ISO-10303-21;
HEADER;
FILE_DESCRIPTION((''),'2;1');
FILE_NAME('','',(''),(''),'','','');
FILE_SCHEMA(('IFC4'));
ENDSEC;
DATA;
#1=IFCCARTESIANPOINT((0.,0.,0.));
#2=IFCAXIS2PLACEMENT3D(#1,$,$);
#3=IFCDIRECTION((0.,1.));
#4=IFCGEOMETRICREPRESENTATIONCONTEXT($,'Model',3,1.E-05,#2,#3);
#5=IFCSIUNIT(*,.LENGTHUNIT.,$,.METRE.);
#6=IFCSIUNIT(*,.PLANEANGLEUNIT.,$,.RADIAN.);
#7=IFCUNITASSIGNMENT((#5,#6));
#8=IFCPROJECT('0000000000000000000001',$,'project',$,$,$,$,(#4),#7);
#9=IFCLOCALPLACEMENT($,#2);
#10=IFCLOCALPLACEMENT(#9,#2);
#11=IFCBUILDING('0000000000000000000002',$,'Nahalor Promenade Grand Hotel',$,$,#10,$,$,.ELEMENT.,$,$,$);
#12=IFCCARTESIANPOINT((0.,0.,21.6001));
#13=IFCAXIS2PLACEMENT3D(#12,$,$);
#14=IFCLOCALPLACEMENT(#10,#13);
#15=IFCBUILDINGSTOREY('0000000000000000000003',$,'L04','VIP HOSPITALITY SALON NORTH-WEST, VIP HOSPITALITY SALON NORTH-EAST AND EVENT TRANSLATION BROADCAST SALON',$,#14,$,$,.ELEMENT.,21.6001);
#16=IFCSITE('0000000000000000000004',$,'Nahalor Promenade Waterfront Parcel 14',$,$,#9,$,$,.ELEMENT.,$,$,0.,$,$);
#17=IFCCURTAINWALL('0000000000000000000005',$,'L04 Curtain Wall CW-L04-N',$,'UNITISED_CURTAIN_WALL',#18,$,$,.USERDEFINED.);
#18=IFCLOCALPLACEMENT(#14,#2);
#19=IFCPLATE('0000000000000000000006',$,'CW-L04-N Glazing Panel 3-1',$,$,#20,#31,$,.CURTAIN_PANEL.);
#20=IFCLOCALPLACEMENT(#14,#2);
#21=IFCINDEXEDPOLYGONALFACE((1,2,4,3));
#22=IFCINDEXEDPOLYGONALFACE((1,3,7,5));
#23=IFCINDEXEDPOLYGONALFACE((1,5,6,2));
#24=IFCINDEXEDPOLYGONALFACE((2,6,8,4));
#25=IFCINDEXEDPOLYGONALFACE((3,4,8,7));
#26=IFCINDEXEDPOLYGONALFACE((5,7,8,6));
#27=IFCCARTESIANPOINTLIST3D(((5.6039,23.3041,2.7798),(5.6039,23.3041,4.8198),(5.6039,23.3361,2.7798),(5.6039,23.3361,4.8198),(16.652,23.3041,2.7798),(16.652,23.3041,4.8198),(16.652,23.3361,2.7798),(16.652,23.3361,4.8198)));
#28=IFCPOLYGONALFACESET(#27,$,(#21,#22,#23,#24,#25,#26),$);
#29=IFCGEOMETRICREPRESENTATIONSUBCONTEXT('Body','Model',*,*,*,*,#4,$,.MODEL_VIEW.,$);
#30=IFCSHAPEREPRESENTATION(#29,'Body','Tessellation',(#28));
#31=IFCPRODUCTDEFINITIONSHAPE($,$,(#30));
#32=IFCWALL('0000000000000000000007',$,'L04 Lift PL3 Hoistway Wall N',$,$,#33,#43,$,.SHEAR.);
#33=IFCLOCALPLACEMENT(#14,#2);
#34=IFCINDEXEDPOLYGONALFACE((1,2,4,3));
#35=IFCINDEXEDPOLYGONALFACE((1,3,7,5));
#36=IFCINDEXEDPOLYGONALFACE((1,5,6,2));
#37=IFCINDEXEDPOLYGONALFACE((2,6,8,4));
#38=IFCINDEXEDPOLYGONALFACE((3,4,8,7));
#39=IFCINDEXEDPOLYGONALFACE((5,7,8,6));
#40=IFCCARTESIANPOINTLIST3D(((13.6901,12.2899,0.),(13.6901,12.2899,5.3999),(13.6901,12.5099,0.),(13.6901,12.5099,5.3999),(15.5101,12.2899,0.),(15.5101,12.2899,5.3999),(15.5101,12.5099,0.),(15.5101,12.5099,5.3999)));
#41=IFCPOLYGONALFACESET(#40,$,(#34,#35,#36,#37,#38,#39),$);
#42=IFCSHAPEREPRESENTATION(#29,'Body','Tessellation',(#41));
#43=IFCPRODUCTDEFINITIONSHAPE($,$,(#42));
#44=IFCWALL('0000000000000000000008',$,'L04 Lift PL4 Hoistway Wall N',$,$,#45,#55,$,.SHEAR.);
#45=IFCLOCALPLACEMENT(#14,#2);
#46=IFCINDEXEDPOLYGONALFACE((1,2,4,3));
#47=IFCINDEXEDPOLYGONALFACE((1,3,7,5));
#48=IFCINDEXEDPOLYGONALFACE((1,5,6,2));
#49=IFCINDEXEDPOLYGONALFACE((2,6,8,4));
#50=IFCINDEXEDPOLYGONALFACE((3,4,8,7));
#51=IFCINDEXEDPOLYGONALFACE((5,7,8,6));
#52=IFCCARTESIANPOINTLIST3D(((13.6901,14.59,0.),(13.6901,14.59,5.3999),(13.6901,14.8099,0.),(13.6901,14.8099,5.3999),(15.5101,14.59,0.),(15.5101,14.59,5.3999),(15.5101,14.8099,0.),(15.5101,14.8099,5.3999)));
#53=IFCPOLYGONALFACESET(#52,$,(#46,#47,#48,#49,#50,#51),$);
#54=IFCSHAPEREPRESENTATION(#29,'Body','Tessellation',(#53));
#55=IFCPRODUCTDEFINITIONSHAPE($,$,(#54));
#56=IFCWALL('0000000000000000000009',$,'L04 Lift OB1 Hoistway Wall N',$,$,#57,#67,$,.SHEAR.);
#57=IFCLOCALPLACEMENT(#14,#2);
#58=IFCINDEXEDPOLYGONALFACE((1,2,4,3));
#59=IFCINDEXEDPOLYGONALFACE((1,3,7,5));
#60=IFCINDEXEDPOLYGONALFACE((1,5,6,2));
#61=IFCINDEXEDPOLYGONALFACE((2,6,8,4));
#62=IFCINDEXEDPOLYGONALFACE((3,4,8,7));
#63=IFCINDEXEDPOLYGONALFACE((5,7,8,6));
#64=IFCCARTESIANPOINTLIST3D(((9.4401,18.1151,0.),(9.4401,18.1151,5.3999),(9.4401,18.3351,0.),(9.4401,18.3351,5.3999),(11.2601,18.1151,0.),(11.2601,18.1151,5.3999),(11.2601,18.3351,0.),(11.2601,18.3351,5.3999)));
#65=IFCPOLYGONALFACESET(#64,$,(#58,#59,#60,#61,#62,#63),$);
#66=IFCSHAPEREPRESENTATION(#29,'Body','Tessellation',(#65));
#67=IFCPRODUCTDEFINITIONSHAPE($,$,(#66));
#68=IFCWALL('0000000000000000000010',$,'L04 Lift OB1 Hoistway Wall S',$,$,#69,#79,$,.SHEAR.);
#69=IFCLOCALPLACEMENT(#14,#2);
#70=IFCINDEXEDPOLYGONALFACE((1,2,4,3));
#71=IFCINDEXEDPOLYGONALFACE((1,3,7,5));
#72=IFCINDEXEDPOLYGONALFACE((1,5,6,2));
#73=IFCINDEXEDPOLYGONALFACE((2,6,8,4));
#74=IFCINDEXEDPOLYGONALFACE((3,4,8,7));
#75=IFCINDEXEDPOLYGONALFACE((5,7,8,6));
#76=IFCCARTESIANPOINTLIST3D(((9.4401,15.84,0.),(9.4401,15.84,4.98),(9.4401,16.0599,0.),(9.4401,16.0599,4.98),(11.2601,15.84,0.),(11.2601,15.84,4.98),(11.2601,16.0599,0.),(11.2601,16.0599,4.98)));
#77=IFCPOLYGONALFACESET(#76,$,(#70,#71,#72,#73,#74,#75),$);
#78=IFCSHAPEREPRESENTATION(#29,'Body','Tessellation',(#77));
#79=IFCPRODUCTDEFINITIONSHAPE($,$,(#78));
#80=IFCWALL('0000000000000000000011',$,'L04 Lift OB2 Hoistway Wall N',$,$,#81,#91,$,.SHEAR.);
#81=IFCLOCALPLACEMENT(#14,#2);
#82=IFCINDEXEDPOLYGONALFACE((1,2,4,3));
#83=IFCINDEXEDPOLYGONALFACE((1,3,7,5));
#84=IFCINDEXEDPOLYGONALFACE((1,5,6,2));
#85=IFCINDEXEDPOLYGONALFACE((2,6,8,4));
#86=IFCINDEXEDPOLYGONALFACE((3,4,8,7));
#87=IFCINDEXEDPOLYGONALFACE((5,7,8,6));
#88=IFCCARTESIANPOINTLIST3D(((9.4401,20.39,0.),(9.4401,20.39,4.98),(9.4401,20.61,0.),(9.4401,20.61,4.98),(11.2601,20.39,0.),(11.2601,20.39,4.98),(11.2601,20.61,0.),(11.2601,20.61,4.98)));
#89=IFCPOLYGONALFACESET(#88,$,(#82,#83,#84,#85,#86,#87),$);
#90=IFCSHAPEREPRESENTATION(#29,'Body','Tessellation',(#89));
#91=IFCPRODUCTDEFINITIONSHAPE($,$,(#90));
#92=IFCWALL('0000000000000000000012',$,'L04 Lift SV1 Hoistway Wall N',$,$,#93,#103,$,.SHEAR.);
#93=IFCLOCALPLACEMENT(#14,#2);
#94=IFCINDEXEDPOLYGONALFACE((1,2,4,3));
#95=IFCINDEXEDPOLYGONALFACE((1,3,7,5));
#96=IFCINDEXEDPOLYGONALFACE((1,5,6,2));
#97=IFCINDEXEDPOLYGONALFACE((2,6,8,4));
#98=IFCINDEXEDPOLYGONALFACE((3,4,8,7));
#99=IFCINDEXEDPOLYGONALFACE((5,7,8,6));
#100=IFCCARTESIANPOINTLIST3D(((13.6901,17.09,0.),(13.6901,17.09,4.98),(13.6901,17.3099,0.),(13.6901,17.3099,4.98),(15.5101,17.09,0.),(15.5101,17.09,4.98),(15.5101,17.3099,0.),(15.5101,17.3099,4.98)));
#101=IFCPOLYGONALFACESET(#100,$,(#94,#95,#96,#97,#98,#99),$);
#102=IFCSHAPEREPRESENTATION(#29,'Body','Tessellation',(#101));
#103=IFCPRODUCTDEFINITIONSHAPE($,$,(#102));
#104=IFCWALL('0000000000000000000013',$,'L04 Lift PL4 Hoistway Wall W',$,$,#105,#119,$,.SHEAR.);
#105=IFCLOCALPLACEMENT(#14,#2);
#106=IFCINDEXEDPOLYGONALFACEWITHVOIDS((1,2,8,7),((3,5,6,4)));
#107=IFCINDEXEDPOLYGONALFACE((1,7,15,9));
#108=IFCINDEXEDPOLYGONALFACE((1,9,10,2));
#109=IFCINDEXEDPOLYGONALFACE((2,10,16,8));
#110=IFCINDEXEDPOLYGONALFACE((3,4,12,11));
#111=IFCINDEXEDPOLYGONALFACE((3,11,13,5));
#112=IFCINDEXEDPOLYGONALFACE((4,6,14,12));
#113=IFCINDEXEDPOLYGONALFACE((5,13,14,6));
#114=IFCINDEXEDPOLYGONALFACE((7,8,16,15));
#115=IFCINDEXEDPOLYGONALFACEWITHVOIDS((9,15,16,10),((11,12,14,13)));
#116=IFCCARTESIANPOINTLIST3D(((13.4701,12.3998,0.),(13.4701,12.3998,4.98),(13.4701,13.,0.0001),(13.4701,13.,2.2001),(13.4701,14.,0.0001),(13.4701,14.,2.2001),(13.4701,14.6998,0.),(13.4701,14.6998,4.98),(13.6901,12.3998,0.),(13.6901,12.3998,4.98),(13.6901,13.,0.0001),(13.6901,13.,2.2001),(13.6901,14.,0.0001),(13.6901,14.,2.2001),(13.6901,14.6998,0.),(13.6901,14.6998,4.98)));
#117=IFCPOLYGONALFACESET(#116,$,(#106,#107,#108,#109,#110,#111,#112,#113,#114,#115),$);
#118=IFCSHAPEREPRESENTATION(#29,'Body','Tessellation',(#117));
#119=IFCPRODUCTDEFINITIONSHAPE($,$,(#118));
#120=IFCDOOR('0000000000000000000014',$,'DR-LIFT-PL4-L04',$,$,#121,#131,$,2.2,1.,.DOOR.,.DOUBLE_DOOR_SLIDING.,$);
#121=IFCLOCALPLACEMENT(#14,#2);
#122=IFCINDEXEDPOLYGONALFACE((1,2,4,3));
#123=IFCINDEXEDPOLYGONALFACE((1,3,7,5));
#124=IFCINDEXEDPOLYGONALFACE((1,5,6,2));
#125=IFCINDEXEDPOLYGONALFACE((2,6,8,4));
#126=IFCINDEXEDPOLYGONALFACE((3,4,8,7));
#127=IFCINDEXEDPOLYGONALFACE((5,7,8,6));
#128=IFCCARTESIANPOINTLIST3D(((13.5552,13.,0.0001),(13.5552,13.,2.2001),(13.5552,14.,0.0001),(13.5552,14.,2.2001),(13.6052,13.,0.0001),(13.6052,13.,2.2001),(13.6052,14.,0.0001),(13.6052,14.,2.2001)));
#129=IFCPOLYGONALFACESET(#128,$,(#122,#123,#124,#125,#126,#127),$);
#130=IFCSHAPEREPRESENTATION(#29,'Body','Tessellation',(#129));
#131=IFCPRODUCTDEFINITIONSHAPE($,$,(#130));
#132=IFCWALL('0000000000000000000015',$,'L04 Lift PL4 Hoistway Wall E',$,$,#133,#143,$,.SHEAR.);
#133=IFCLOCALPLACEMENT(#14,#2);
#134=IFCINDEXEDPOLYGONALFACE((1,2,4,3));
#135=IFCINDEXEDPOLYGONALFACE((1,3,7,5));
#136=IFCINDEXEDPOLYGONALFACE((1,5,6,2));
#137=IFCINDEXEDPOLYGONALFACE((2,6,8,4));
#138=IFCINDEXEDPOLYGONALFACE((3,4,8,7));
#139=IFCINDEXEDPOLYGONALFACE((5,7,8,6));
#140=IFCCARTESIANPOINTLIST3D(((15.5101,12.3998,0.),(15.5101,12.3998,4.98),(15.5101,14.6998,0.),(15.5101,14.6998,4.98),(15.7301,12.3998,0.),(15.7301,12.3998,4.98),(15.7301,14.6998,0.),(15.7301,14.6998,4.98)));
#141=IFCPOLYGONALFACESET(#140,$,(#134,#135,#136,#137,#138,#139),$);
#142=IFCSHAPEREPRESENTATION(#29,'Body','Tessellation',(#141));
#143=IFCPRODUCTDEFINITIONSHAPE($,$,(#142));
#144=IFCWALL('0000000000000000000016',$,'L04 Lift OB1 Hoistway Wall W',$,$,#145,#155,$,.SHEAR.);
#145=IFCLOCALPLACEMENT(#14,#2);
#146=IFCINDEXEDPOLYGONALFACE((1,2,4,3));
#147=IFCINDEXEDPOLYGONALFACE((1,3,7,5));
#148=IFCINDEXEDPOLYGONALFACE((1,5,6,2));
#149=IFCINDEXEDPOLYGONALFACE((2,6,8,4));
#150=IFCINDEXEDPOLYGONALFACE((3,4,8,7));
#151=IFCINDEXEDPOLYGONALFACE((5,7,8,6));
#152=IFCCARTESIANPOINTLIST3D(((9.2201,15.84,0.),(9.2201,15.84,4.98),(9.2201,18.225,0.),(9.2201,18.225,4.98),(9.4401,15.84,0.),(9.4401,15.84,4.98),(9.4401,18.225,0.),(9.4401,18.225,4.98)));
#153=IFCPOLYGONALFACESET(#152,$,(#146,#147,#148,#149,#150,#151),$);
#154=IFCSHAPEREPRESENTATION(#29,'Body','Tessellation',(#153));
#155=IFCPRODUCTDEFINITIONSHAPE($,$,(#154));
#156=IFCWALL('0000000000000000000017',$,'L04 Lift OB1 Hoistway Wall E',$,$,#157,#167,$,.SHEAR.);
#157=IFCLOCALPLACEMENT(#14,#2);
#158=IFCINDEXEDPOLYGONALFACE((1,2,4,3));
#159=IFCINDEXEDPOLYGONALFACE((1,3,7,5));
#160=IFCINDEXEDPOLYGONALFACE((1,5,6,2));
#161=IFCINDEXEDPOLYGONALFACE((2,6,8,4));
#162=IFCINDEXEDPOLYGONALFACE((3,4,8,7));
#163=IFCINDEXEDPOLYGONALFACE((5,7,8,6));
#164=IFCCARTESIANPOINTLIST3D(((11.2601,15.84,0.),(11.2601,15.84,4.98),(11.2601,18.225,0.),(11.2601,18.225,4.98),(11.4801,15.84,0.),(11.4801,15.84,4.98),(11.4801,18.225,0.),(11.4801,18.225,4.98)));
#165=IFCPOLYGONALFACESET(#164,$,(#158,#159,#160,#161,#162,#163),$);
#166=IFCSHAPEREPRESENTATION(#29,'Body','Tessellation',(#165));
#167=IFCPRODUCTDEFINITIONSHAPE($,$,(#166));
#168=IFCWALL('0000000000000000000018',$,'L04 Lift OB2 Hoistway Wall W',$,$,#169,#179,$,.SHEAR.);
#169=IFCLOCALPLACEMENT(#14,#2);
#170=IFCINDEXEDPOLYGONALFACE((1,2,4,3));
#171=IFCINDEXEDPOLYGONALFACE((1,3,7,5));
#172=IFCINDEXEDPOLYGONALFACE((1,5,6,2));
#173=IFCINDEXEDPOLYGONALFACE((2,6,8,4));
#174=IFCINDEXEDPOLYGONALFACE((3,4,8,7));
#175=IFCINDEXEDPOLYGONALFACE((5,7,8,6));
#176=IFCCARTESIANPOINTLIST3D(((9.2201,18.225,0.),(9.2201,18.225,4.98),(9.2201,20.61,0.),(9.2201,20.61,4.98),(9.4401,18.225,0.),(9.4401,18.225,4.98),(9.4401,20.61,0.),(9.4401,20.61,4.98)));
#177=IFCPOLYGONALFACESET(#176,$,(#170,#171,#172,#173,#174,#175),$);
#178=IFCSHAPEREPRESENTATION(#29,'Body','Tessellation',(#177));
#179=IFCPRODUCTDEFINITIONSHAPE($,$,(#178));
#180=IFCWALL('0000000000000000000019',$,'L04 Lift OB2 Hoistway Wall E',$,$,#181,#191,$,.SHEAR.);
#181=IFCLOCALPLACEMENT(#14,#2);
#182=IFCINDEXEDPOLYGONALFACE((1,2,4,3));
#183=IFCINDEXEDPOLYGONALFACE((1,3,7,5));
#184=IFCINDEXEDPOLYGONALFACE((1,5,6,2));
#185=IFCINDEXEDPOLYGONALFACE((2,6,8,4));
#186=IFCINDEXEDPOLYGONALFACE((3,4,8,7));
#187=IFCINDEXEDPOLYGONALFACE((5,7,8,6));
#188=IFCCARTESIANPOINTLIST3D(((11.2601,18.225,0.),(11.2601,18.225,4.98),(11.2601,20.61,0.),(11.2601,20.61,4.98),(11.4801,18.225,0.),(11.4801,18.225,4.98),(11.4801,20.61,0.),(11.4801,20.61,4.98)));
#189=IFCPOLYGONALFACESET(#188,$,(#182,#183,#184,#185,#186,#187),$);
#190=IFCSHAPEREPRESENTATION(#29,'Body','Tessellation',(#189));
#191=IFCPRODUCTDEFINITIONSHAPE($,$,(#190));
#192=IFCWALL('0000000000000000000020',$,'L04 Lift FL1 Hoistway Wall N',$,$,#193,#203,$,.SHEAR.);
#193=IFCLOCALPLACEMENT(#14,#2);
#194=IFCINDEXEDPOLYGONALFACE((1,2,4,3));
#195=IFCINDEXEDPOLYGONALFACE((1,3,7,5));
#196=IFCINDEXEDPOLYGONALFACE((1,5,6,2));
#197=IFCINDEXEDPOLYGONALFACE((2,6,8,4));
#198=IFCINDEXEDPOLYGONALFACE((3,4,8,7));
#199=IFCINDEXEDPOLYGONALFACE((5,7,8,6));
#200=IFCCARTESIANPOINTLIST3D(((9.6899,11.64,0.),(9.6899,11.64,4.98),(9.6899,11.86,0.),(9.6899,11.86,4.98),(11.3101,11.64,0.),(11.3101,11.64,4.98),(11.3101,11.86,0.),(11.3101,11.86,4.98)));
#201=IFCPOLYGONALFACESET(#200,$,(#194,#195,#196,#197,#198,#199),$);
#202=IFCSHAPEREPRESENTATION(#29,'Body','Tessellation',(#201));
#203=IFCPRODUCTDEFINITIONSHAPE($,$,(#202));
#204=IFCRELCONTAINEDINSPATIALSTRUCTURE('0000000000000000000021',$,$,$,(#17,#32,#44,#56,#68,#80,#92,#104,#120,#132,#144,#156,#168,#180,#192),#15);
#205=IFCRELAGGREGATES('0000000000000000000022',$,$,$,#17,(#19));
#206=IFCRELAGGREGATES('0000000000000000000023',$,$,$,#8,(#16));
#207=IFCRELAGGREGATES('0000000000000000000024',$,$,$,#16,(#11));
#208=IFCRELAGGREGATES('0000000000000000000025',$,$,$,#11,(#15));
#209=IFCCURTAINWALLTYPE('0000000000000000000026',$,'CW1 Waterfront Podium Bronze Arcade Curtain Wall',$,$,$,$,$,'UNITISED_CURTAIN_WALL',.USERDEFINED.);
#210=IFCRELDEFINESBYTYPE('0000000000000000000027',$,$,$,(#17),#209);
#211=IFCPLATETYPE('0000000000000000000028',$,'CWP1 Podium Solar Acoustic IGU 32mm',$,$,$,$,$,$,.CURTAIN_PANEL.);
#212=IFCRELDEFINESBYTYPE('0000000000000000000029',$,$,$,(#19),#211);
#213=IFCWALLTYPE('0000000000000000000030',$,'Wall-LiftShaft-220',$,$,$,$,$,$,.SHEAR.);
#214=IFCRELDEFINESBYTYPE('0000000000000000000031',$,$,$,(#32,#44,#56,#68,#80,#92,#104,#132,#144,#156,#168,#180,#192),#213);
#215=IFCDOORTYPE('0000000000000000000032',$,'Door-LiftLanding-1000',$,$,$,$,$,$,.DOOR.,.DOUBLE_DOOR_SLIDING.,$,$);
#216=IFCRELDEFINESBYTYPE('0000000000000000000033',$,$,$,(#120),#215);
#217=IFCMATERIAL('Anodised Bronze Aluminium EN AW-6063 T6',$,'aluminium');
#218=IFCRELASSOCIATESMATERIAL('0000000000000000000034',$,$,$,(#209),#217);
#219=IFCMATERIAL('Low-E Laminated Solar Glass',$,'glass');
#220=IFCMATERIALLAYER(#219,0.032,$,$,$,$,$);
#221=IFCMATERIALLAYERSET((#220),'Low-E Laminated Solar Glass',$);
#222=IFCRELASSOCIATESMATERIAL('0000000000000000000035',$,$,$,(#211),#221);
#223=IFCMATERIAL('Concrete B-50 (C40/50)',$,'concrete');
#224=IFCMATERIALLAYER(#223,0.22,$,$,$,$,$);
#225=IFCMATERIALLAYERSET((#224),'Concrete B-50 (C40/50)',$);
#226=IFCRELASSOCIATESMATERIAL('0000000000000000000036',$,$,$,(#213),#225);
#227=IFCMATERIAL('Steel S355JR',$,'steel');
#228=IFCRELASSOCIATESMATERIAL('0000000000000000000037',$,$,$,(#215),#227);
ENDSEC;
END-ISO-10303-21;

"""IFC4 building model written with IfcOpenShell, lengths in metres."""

from ifc_helpers import new_model, si_unit, direction, frame, frame_2d, origin, origin_2d, place, context, subcontext, project, spatial, rectangle, extrude, source, transform, mapped, material, layer, layer_set, type_object, element, fill, aggregate, save


model = new_model("IFC4")

# Units and contexts
model_context = context("Model", 3, precision=1e-05, world=origin(), true_north=direction((0.0, 1.0)))
body_context = subcontext(model_context, "Body", "Model", "MODEL_VIEW")
ifc_project = project(units=[si_unit("LENGTHUNIT", "METRE"), si_unit("PLANEANGLEUNIT", "RADIAN")], contexts=[model_context])

# Site, building, storey
site_placement = place(None, origin())
site = spatial("IfcSite", under=ifc_project, at=site_placement, Name="Nahalor Promenade Waterfront Parcel 14", CompositionType="ELEMENT", RefElevation=0.0)
building_placement = place(site_placement, origin())
building = spatial("IfcBuilding", under=site, at=building_placement, Name="Nahalor Promenade Grand Hotel", CompositionType="ELEMENT")
storey_placement = place(building_placement, frame((0.0, 0.0, 21.6001)))
storey = spatial("IfcBuildingStorey", under=building, at=storey_placement, Name="L04", Description="VIP HOSPITALITY SALON NORTH-WEST, VIP HOSPITALITY SALON NORTH-EAST AND EVENT TRANSLATION BROADCAST SALON", CompositionType="ELEMENT", Elevation=21.6001)

# Shared definitions
ifc_material_1 = material(Name="Steel S355JR", Category="steel")

# Curtain wall, plate
ifc_material_2 = material(Name="Anodised Bronze Aluminium EN AW-6063 T6", Category="aluminium")
curtain_wall_type = type_object("IfcCurtainWallType", Name="CW1 Waterfront Podium Bronze Arcade Curtain Wall", ElementType="UNITISED_CURTAIN_WALL", PredefinedType="USERDEFINED", material=ifc_material_2)
curtain_wall_placement = place(storey_placement, origin())
curtain_wall = element("IfcCurtainWall", 1, at=curtain_wall_placement, inside=storey, type_object=curtain_wall_type, Name="L04 Curtain Wall CW-L04-N", ObjectType="UNITISED_CURTAIN_WALL", PredefinedType="USERDEFINED")
ifc_material_3 = material(Name="Low-E Laminated Solar Glass", Category="glass")
ifc_layer_1 = layer(ifc_material_3, 0.032)
ifc_layer_set_1 = layer_set([ifc_layer_1], Name="Low-E Laminated Solar Glass")
plate_type = type_object("IfcPlateType", Name="CWP1 Podium Solar Acoustic IGU 32mm", PredefinedType="CURTAIN_PANEL", material=ifc_layer_set_1)
shared_shape_1 = source(origin(), body_context, "Body", "SweptSolid", [
    extrude(rectangle(XDim=11.0481, YDim=0.032, at=origin_2d()), origin(), (0.0, 0.0, 1.0), 2.04),
])
plate_1_placement = place(storey_placement, frame((11.1279, 23.3201, 2.7798), z_axis=(0.0, 0.0, 1.0), x_axis=(1.0, 0.0, 0.0)))
plate_1 = element("IfcPlate", 2, at=plate_1_placement, type_object=plate_type, Name="CW-L04-N Glazing Panel 3-1", PredefinedType="CURTAIN_PANEL", context=body_context, shape_type="MappedRepresentation", body=[
    mapped(shared_shape_1, transform((0.0, 0.0, 0.0), scale=1.0)),
])
aggregate(curtain_wall, [plate_1])

# Walls
ifc_material_4 = material(Name="Concrete B-50 (C40/50)", Category="concrete")
ifc_layer_2 = layer(ifc_material_4, 0.22)
ifc_layer_set_2 = layer_set([ifc_layer_2], Name="Concrete B-50 (C40/50)")
wall_type_1 = type_object("IfcWallType", Name="Wall-LiftShaft-220", PredefinedType="SHEAR", material=ifc_layer_set_2)
shared_shape_2 = source(origin(), body_context, "Body", "SweptSolid", [
    extrude(rectangle(XDim=1.8201, YDim=0.22, at=frame_2d((0.9102, 0.0))), origin(), (0.0, 0.0, 1.0), 5.3999),
])
for number, where, z_axis, x_axis, name in (
    (3, (13.6899, 12.3999, 0.0), (0.0, 0.0, 1.0), (1.0, 0.0, 0.0), "L04 Lift PL3 Hoistway Wall N"),
    (4, (13.6899, 14.7, 0.0), (0.0, 0.0, 1.0), (1.0, 0.0, 0.0), "L04 Lift PL4 Hoistway Wall N"),
    (5, (9.4399, 18.2251, 0.0), (0.0, 0.0, 1.0), (1.0, 0.0, 0.0), "L04 Lift OB1 Hoistway Wall N"),
):
    element("IfcWall", number, at=place(storey_placement, frame(where, z_axis=z_axis, x_axis=x_axis)), inside=storey, type_object=wall_type_1, Name=name, PredefinedType="SHEAR", context=body_context, shape_type="MappedRepresentation", body=[
        mapped(shared_shape_2, transform((0.0, 0.0, 0.0), scale=1.0)),
    ])
shared_shape_3 = source(origin(), body_context, "Body", "SweptSolid", [
    extrude(rectangle(XDim=1.8201, YDim=0.22, at=frame_2d((0.9102, 0.0))), origin(), (0.0, 0.0, 1.0), 4.98),
])
for number, where, z_axis, x_axis, name in (
    (6, (9.4399, 15.95, 0.0), (0.0, 0.0, 1.0), (1.0, 0.0, 0.0), "L04 Lift OB1 Hoistway Wall S"),
    (7, (9.4399, 20.5, 0.0), (0.0, 0.0, 1.0), (1.0, 0.0, 0.0), "L04 Lift OB2 Hoistway Wall N"),
    (8, (13.6899, 17.2, 0.0), (0.0, 0.0, 1.0), (1.0, 0.0, 0.0), "L04 Lift SV1 Hoistway Wall N"),
):
    element("IfcWall", number, at=place(storey_placement, frame(where, z_axis=z_axis, x_axis=x_axis)), inside=storey, type_object=wall_type_1, Name=name, PredefinedType="SHEAR", context=body_context, shape_type="MappedRepresentation", body=[
        mapped(shared_shape_3, transform((0.0, 0.0, 0.0), scale=1.0)),
    ])

# Wall, opening, door
shared_shape_4 = source(origin(), body_context, "Body", "SweptSolid", [
    extrude(rectangle(XDim=2.3, YDim=0.22, at=frame_2d((1.1499, 0.0))), origin(), (0.0, 0.0, 1.0), 4.98),
])
wall_1_placement = place(storey_placement, frame((13.5801, 12.3999, 0.0), z_axis=(0.0, 0.0, 1.0), x_axis=(0.0, 1.0, 0.0)))
wall_1 = element("IfcWall", 9, at=wall_1_placement, inside=storey, type_object=wall_type_1, Name="L04 Lift PL4 Hoistway Wall W", PredefinedType="SHEAR", context=body_context, shape_type="MappedRepresentation", body=[
    mapped(shared_shape_4, transform((0.0, 0.0, 0.0), scale=1.0)),
])
opening_1_placement = place(wall_1_placement, frame((0.6001, 0.0, 0.0)))
opening_1 = element("IfcOpeningElement", 10, at=opening_1_placement, cuts=wall_1, PredefinedType="OPENING", context=body_context, shape_type="SweptSolid", body=[
    extrude(rectangle(XDim=1.0, YDim=2.2, at=frame_2d((0.5, 1.1001))), frame((0.0, 0.1199, 0.0), z_axis=(0.0, -1.0, 0.0), x_axis=(1.0, 0.0, 0.0)), (0.0, 0.0, 1.0), 0.24),
])
door_type_1 = type_object("IfcDoorType", Name="Door-LiftLanding-1000", OperationType="DOUBLE_DOOR_SLIDING", PredefinedType="DOOR", material=ifc_material_1)
shared_shape_5 = source(origin(), body_context, "Body", "SweptSolid", [
    extrude(rectangle(XDim=1.0, YDim=2.2, at=frame_2d((0.5, 1.1001))), frame((0.0, 0.0249, 0.0), z_axis=(0.0, -1.0, 0.0), x_axis=(1.0, 0.0, 0.0)), (0.0, 0.0, 1.0), 0.05),
])
door_1_placement = place(opening_1_placement, origin())
door_1 = element("IfcDoor", 11, at=door_1_placement, inside=storey, type_object=door_type_1, Name="DR-LIFT-PL4-L04", OperationType="DOUBLE_DOOR_SLIDING", OverallHeight=2.2, OverallWidth=1.0, PredefinedType="DOOR", context=body_context, shape_type="MappedRepresentation", body=[
    mapped(shared_shape_5, transform((0.0, 0.0, 0.0), scale=1.0)),
])
fill(opening_1, door_1)

# Walls
wall_2_placement = place(storey_placement, frame((15.6201, 12.3999, 0.0), z_axis=(0.0, 0.0, 1.0), x_axis=(0.0, 1.0, 0.0)))
element("IfcWall", 12, at=wall_2_placement, inside=storey, type_object=wall_type_1, Name="L04 Lift PL4 Hoistway Wall E", PredefinedType="SHEAR", context=body_context, shape_type="MappedRepresentation", body=[
    mapped(shared_shape_4, transform((0.0, 0.0, 0.0), scale=1.0)),
])
shared_shape_6 = source(origin(), body_context, "Body", "SweptSolid", [
    extrude(rectangle(XDim=2.385, YDim=0.22, at=frame_2d((1.1924, 0.0))), origin(), (0.0, 0.0, 1.0), 4.98),
])
for number, where, z_axis, x_axis, name in (
    (13, (9.3301, 15.8401, 0.0), (0.0, 0.0, 1.0), (0.0, 1.0, 0.0), "L04 Lift OB1 Hoistway Wall W"),
    (14, (11.3701, 15.8401, 0.0), (0.0, 0.0, 1.0), (0.0, 1.0, 0.0), "L04 Lift OB1 Hoistway Wall E"),
    (15, (9.3301, 18.2251, 0.0), (0.0, 0.0, 1.0), (0.0, 1.0, 0.0), "L04 Lift OB2 Hoistway Wall W"),
    (16, (11.3701, 18.2251, 0.0), (0.0, 0.0, 1.0), (0.0, 1.0, 0.0), "L04 Lift OB2 Hoistway Wall E"),
):
    element("IfcWall", number, at=place(storey_placement, frame(where, z_axis=z_axis, x_axis=x_axis)), inside=storey, type_object=wall_type_1, Name=name, PredefinedType="SHEAR", context=body_context, shape_type="MappedRepresentation", body=[
        mapped(shared_shape_6, transform((0.0, 0.0, 0.0), scale=1.0)),
    ])
shared_shape_7 = source(origin(), body_context, "Body", "SweptSolid", [
    extrude(rectangle(XDim=1.6201, YDim=0.22, at=frame_2d((0.8101, 0.0))), origin(), (0.0, 0.0, 1.0), 4.98),
])
wall_3_placement = place(storey_placement, frame((9.6899, 11.75, 0.0), z_axis=(0.0, 0.0, 1.0), x_axis=(1.0, 0.0, 0.0)))
element("IfcWall", 17, at=wall_3_placement, inside=storey, type_object=wall_type_1, Name="L04 Lift FL1 Hoistway Wall N", PredefinedType="SHEAR", context=body_context, shape_type="MappedRepresentation", body=[
    mapped(shared_shape_7, transform((0.0, 0.0, 0.0), scale=1.0)),
])

save(model, "model.ifc")
